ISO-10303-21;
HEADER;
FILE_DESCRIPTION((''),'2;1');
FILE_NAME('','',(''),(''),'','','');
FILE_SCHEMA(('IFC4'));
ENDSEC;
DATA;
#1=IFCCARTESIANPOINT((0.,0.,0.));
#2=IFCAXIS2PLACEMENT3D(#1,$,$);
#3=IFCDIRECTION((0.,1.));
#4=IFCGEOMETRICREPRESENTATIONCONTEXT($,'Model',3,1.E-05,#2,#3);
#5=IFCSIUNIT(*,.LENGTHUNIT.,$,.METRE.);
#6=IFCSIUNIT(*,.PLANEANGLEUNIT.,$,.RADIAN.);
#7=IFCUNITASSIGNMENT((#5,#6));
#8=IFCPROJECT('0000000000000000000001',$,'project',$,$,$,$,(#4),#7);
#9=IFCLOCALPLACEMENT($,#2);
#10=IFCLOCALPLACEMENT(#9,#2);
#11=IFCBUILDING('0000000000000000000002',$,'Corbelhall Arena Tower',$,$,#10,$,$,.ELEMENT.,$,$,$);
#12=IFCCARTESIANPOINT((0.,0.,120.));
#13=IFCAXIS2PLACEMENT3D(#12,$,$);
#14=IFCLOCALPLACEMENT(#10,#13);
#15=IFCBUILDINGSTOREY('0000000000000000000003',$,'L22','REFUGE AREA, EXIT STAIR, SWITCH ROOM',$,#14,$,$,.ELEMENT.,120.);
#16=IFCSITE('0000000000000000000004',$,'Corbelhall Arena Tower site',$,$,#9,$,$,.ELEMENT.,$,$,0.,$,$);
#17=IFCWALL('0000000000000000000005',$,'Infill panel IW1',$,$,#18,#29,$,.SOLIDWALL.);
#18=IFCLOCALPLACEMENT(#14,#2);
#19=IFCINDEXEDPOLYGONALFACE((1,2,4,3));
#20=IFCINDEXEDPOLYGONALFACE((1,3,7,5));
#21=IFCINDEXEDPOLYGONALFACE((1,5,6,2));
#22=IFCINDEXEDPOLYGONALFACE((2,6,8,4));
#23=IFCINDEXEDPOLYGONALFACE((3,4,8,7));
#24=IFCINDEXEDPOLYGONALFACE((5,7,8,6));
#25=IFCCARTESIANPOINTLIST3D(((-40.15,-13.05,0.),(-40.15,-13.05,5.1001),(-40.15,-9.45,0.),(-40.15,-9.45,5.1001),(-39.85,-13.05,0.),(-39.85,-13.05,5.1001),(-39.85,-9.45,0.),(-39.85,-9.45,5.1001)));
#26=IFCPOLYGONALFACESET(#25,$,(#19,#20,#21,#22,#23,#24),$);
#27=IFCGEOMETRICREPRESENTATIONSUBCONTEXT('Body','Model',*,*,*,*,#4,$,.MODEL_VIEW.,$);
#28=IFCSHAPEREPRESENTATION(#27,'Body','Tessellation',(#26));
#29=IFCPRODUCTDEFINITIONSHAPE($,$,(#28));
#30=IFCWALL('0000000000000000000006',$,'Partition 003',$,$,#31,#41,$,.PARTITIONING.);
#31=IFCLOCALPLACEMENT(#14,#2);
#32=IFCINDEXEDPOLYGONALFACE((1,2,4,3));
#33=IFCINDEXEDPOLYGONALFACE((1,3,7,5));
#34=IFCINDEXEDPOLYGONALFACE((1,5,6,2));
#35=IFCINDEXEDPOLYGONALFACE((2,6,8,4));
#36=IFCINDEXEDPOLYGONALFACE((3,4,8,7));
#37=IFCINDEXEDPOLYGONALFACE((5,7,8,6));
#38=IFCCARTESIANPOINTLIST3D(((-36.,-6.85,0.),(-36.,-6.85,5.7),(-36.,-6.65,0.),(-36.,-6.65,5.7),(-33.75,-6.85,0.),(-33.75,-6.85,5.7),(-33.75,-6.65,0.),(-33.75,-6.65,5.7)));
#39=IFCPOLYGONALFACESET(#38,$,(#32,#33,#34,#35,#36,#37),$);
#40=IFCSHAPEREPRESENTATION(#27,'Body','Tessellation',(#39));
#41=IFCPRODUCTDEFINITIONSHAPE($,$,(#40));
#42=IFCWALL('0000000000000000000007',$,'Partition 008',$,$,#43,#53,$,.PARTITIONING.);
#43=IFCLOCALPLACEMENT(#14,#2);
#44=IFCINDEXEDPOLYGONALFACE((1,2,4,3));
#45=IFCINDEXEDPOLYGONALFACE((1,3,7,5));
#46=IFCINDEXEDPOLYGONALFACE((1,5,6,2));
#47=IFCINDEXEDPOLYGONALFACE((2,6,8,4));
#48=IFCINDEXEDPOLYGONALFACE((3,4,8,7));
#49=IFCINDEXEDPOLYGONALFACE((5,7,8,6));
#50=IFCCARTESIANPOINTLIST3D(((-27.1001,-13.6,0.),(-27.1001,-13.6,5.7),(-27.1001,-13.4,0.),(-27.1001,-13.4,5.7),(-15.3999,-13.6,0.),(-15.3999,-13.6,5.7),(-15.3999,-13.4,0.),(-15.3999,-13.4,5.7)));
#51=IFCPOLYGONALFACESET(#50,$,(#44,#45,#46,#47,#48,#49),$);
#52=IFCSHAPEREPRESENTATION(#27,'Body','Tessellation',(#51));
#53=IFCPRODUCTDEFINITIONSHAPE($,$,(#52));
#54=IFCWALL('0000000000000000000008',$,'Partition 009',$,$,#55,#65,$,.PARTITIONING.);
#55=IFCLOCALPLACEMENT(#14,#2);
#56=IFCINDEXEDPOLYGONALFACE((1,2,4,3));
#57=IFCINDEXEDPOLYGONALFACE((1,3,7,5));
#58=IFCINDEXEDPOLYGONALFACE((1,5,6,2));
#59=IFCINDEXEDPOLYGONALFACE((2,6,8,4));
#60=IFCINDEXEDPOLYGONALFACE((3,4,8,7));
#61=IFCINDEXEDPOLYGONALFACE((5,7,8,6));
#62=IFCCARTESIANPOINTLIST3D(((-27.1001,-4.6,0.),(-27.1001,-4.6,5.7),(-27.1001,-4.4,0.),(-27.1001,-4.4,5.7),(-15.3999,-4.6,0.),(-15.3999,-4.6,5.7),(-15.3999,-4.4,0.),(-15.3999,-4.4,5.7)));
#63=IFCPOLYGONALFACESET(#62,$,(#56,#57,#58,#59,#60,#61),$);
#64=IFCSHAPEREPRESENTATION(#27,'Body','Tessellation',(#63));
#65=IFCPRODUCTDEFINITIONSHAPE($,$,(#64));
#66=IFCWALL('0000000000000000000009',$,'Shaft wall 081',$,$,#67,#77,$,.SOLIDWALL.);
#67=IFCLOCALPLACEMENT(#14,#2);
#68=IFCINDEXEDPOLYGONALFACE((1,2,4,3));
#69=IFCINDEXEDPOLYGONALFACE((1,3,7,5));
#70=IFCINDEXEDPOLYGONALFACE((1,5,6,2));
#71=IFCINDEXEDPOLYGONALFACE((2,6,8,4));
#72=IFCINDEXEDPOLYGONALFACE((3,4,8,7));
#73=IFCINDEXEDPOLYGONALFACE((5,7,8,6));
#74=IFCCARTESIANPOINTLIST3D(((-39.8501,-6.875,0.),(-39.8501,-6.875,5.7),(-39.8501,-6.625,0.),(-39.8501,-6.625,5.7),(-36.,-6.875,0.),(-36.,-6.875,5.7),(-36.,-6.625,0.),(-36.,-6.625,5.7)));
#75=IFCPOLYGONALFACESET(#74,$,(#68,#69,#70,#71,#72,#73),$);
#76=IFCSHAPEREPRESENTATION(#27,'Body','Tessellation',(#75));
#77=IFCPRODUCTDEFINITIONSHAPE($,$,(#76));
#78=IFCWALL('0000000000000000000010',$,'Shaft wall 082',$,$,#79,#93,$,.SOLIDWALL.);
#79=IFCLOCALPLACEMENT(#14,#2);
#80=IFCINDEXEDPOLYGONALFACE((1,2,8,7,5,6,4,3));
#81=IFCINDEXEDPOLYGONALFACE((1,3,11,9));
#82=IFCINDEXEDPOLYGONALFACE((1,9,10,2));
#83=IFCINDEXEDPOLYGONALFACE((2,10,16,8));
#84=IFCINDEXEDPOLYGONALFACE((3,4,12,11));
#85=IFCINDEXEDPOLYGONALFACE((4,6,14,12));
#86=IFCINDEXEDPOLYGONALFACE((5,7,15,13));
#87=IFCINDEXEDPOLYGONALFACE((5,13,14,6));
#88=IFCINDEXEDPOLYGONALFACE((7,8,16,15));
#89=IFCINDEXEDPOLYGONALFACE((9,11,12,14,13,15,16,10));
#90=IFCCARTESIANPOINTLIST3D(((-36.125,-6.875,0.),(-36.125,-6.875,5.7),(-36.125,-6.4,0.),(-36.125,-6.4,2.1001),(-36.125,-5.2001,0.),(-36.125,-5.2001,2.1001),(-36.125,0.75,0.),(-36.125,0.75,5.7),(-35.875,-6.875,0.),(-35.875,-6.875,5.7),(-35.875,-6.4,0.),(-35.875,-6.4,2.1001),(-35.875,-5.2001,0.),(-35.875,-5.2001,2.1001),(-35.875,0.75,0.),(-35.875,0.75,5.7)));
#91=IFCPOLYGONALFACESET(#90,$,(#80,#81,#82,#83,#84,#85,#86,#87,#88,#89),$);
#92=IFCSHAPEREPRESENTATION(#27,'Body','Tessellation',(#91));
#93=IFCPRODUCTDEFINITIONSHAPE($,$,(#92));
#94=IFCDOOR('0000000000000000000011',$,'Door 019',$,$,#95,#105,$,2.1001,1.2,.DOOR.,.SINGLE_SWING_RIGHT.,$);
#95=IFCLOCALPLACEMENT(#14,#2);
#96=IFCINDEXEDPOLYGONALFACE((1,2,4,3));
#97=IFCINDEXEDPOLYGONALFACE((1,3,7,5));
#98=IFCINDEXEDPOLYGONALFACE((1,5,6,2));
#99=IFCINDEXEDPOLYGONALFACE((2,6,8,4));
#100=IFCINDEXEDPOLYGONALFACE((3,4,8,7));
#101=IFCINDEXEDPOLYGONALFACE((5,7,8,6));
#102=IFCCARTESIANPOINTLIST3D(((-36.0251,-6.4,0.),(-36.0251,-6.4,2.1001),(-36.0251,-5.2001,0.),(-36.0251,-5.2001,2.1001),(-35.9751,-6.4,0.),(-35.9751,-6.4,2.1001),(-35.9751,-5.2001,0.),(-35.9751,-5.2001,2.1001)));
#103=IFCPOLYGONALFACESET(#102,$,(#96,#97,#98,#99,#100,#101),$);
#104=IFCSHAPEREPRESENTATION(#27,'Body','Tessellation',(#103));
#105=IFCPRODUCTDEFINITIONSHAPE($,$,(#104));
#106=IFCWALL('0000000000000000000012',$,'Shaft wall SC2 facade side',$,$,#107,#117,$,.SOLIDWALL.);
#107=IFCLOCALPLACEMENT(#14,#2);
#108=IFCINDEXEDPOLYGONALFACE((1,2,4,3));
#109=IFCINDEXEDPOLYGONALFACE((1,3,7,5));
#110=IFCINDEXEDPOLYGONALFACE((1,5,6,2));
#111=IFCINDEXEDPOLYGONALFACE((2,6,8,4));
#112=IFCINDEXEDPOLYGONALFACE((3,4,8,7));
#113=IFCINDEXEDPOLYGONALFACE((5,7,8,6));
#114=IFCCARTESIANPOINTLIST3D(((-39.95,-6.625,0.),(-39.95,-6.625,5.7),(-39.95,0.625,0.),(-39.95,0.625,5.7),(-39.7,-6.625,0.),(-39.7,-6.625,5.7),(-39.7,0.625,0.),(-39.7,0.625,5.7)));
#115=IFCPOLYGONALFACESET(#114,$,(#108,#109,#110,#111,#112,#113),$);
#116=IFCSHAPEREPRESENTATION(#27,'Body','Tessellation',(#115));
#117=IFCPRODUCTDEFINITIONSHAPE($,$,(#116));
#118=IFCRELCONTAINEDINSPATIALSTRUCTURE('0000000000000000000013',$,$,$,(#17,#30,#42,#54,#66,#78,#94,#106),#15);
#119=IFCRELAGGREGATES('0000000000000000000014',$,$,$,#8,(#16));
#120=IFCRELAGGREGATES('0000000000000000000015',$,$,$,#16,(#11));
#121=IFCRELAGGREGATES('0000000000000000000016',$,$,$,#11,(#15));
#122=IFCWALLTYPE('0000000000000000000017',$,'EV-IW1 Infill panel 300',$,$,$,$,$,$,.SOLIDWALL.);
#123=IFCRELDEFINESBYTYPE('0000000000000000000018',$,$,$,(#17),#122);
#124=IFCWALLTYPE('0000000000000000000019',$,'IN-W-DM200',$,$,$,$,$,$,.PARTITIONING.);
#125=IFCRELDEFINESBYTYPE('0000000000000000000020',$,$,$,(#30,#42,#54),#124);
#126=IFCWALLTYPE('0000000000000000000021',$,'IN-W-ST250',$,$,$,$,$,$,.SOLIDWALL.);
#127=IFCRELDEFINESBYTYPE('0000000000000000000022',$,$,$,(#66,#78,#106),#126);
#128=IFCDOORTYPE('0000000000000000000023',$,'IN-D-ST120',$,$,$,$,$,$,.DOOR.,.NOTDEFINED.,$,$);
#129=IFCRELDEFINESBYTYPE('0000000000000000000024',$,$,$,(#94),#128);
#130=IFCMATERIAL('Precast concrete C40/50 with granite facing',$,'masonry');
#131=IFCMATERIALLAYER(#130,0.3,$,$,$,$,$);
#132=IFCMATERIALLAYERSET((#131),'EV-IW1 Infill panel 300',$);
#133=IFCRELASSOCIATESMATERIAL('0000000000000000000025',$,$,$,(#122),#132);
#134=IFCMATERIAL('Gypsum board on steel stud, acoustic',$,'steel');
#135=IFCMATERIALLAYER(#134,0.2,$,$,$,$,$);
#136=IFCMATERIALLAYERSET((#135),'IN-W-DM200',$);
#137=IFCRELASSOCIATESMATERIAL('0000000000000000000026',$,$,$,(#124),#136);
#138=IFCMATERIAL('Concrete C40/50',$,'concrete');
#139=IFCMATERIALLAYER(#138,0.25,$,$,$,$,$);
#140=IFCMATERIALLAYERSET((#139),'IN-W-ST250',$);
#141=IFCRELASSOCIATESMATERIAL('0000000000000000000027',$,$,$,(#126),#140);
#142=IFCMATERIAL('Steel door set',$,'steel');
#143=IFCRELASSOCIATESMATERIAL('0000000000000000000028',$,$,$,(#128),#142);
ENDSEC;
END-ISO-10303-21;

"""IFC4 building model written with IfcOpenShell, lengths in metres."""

from ifc_helpers import new_model, si_unit, direction, frame, frame_2d, origin, place, context, subcontext, project, spatial, rectangle, extrude, material, layer, layer_set, type_object, element, fill, save


model = new_model("IFC4")

# Units and contexts
model_context = context("Model", 3, precision=1e-05, world=origin(), true_north=direction((0.0, 1.0)))
body_context = subcontext(model_context, "Body", "Model", "MODEL_VIEW")
ifc_project = project(units=[si_unit("LENGTHUNIT", "METRE"), si_unit("PLANEANGLEUNIT", "RADIAN")], contexts=[model_context])

# Site, building, storey
site_placement = place(None, origin())
site = spatial("IfcSite", under=ifc_project, at=site_placement, Name="Corbelhall Arena Tower site", CompositionType="ELEMENT", RefElevation=0.0)
building_placement = place(site_placement, origin())
building = spatial("IfcBuilding", under=site, at=building_placement, Name="Corbelhall Arena Tower", CompositionType="ELEMENT")
storey_placement = place(building_placement, frame((0.0, 0.0, 120.0)))
storey = spatial("IfcBuildingStorey", under=building, at=storey_placement, Name="L22", Description="REFUGE AREA, EXIT STAIR, SWITCH ROOM", CompositionType="ELEMENT", Elevation=120.0)

# Walls
ifc_material_1 = material(Name="Precast concrete C40/50 with granite facing", Category="masonry")
ifc_layer_1 = layer(ifc_material_1, 0.3)
ifc_layer_set_1 = layer_set([ifc_layer_1], Name="EV-IW1 Infill panel 300")
wall_type_1 = type_object("IfcWallType", Name="EV-IW1 Infill panel 300", PredefinedType="SOLIDWALL", material=ifc_layer_set_1)
wall_1_placement = place(storey_placement, frame((-40.0, -9.45, 0.0), z_axis=(0.0, 0.0, 1.0), x_axis=(0.0, -1.0, 0.0)))
element("IfcWall", 1, at=wall_1_placement, inside=storey, type_object=wall_type_1, Name="Infill panel IW1", PredefinedType="SOLIDWALL", context=body_context, shape_type="SweptSolid", body=[
    extrude(rectangle(XDim=3.6001, YDim=0.3, at=frame_2d((1.8, 0.0))), origin(), (0.0, 0.0, 1.0), 5.1001),
])
ifc_material_2 = material(Name="Gypsum board on steel stud, acoustic", Category="steel")
ifc_layer_2 = layer(ifc_material_2, 0.2)
ifc_layer_set_2 = layer_set([ifc_layer_2], Name="IN-W-DM200")
wall_type_2 = type_object("IfcWallType", Name="IN-W-DM200", PredefinedType="PARTITIONING", material=ifc_layer_set_2)
wall_2_placement = place(storey_placement, frame((-33.75, -6.75, 0.0), z_axis=(0.0, 0.0, 1.0), x_axis=(-1.0, 0.0, 0.0)))
element("IfcWall", 2, at=wall_2_placement, inside=storey, type_object=wall_type_2, Name="Partition 003", PredefinedType="PARTITIONING", context=body_context, shape_type="SweptSolid", body=[
    extrude(rectangle(XDim=2.25, YDim=0.2, at=frame_2d((1.125, 0.0))), origin(), (0.0, 0.0, 1.0), 5.7),
])
for number, where, z_axis, x_axis, name in (
    (3, (-27.1001, -13.5, 0.0), (0.0, 0.0, 1.0), (1.0, 0.0, 0.0), "Partition 008"),
    (4, (-27.1001, -4.5, 0.0), (0.0, 0.0, 1.0), (1.0, 0.0, 0.0), "Partition 009"),
):
    element("IfcWall", number, at=place(storey_placement, frame(where, z_axis=z_axis, x_axis=x_axis)), inside=storey, type_object=wall_type_2, Name=name, PredefinedType="PARTITIONING", context=body_context, shape_type="SweptSolid", body=[
        extrude(rectangle(XDim=11.7002, YDim=0.2, at=frame_2d((5.8501, 0.0))), origin(), (0.0, 0.0, 1.0), 5.7),
    ])
ifc_material_3 = material(Name="Concrete C40/50", Category="concrete")
ifc_layer_3 = layer(ifc_material_3, 0.25)
ifc_layer_set_3 = layer_set([ifc_layer_3], Name="IN-W-ST250")
wall_type_3 = type_object("IfcWallType", Name="IN-W-ST250", PredefinedType="SOLIDWALL", material=ifc_layer_set_3)
wall_3_placement = place(storey_placement, frame((-36.0, -6.75, 0.0), z_axis=(0.0, 0.0, 1.0), x_axis=(-1.0, 0.0, 0.0)))
element("IfcWall", 5, at=wall_3_placement, inside=storey, type_object=wall_type_3, Name="Shaft wall 081", PredefinedType="SOLIDWALL", context=body_context, shape_type="SweptSolid", body=[
    extrude(rectangle(XDim=3.8501, YDim=0.25, at=frame_2d((1.925, 0.0))), origin(), (0.0, 0.0, 1.0), 5.7),
])

# Wall, opening, door
wall_4_placement = place(storey_placement, frame((-36.0, 0.75, 0.0), z_axis=(0.0, 0.0, 1.0), x_axis=(0.0, -1.0, 0.0)))
wall_4 = element("IfcWall", 6, at=wall_4_placement, inside=storey, type_object=wall_type_3, Name="Shaft wall 082", PredefinedType="SOLIDWALL", context=body_context, shape_type="SweptSolid", body=[
    extrude(rectangle(XDim=7.625, YDim=0.25, at=frame_2d((3.8125, 0.0))), origin(), (0.0, 0.0, 1.0), 5.7),
])
opening_placement = place(wall_4_placement, frame((5.95, 0.0, 0.0)))
opening = element("IfcOpeningElement", 7, at=opening_placement, cuts=wall_4, PredefinedType="OPENING", context=body_context, shape_type="SweptSolid", body=[
    extrude(rectangle(XDim=1.2, YDim=2.1001, at=frame_2d((0.6001, 1.05))), frame((0.0, 0.125, 0.0), z_axis=(0.0, -1.0, 0.0), x_axis=(1.0, 0.0, 0.0)), (0.0, 0.0, 1.0), 0.25),
])
ifc_material_4 = material(Name="Steel door set", Category="steel")
door_type = type_object("IfcDoorType", Name="IN-D-ST120", OperationType="NOTDEFINED", PredefinedType="DOOR", material=ifc_material_4)
door_placement = place(opening_placement, origin())
door = element("IfcDoor", 8, at=door_placement, inside=storey, type_object=door_type, Name="Door 019", OperationType="SINGLE_SWING_RIGHT", OverallHeight=2.1001, OverallWidth=1.2, PredefinedType="DOOR", context=body_context, shape_type="SweptSolid", body=[
    extrude(rectangle(XDim=1.2, YDim=2.1001, at=frame_2d((0.6001, 1.05))), frame((0.0, 0.0249, 0.0), z_axis=(0.0, -1.0, 0.0), x_axis=(1.0, 0.0, 0.0)), (0.0, 0.0, 1.0), 0.05),
])
fill(opening, door)

# Wall
wall_5_placement = place(storey_placement, frame((-39.825, -6.625, 0.0), z_axis=(0.0, 0.0, 1.0), x_axis=(0.0, 1.0, 0.0)))
element("IfcWall", 9, at=wall_5_placement, inside=storey, type_object=wall_type_3, Name="Shaft wall SC2 facade side", PredefinedType="SOLIDWALL", context=body_context, shape_type="SweptSolid", body=[
    extrude(rectangle(XDim=7.25, YDim=0.25, at=frame_2d((3.625, 0.0))), origin(), (0.0, 0.0, 1.0), 5.7),
])

save(model, "model.ifc")
